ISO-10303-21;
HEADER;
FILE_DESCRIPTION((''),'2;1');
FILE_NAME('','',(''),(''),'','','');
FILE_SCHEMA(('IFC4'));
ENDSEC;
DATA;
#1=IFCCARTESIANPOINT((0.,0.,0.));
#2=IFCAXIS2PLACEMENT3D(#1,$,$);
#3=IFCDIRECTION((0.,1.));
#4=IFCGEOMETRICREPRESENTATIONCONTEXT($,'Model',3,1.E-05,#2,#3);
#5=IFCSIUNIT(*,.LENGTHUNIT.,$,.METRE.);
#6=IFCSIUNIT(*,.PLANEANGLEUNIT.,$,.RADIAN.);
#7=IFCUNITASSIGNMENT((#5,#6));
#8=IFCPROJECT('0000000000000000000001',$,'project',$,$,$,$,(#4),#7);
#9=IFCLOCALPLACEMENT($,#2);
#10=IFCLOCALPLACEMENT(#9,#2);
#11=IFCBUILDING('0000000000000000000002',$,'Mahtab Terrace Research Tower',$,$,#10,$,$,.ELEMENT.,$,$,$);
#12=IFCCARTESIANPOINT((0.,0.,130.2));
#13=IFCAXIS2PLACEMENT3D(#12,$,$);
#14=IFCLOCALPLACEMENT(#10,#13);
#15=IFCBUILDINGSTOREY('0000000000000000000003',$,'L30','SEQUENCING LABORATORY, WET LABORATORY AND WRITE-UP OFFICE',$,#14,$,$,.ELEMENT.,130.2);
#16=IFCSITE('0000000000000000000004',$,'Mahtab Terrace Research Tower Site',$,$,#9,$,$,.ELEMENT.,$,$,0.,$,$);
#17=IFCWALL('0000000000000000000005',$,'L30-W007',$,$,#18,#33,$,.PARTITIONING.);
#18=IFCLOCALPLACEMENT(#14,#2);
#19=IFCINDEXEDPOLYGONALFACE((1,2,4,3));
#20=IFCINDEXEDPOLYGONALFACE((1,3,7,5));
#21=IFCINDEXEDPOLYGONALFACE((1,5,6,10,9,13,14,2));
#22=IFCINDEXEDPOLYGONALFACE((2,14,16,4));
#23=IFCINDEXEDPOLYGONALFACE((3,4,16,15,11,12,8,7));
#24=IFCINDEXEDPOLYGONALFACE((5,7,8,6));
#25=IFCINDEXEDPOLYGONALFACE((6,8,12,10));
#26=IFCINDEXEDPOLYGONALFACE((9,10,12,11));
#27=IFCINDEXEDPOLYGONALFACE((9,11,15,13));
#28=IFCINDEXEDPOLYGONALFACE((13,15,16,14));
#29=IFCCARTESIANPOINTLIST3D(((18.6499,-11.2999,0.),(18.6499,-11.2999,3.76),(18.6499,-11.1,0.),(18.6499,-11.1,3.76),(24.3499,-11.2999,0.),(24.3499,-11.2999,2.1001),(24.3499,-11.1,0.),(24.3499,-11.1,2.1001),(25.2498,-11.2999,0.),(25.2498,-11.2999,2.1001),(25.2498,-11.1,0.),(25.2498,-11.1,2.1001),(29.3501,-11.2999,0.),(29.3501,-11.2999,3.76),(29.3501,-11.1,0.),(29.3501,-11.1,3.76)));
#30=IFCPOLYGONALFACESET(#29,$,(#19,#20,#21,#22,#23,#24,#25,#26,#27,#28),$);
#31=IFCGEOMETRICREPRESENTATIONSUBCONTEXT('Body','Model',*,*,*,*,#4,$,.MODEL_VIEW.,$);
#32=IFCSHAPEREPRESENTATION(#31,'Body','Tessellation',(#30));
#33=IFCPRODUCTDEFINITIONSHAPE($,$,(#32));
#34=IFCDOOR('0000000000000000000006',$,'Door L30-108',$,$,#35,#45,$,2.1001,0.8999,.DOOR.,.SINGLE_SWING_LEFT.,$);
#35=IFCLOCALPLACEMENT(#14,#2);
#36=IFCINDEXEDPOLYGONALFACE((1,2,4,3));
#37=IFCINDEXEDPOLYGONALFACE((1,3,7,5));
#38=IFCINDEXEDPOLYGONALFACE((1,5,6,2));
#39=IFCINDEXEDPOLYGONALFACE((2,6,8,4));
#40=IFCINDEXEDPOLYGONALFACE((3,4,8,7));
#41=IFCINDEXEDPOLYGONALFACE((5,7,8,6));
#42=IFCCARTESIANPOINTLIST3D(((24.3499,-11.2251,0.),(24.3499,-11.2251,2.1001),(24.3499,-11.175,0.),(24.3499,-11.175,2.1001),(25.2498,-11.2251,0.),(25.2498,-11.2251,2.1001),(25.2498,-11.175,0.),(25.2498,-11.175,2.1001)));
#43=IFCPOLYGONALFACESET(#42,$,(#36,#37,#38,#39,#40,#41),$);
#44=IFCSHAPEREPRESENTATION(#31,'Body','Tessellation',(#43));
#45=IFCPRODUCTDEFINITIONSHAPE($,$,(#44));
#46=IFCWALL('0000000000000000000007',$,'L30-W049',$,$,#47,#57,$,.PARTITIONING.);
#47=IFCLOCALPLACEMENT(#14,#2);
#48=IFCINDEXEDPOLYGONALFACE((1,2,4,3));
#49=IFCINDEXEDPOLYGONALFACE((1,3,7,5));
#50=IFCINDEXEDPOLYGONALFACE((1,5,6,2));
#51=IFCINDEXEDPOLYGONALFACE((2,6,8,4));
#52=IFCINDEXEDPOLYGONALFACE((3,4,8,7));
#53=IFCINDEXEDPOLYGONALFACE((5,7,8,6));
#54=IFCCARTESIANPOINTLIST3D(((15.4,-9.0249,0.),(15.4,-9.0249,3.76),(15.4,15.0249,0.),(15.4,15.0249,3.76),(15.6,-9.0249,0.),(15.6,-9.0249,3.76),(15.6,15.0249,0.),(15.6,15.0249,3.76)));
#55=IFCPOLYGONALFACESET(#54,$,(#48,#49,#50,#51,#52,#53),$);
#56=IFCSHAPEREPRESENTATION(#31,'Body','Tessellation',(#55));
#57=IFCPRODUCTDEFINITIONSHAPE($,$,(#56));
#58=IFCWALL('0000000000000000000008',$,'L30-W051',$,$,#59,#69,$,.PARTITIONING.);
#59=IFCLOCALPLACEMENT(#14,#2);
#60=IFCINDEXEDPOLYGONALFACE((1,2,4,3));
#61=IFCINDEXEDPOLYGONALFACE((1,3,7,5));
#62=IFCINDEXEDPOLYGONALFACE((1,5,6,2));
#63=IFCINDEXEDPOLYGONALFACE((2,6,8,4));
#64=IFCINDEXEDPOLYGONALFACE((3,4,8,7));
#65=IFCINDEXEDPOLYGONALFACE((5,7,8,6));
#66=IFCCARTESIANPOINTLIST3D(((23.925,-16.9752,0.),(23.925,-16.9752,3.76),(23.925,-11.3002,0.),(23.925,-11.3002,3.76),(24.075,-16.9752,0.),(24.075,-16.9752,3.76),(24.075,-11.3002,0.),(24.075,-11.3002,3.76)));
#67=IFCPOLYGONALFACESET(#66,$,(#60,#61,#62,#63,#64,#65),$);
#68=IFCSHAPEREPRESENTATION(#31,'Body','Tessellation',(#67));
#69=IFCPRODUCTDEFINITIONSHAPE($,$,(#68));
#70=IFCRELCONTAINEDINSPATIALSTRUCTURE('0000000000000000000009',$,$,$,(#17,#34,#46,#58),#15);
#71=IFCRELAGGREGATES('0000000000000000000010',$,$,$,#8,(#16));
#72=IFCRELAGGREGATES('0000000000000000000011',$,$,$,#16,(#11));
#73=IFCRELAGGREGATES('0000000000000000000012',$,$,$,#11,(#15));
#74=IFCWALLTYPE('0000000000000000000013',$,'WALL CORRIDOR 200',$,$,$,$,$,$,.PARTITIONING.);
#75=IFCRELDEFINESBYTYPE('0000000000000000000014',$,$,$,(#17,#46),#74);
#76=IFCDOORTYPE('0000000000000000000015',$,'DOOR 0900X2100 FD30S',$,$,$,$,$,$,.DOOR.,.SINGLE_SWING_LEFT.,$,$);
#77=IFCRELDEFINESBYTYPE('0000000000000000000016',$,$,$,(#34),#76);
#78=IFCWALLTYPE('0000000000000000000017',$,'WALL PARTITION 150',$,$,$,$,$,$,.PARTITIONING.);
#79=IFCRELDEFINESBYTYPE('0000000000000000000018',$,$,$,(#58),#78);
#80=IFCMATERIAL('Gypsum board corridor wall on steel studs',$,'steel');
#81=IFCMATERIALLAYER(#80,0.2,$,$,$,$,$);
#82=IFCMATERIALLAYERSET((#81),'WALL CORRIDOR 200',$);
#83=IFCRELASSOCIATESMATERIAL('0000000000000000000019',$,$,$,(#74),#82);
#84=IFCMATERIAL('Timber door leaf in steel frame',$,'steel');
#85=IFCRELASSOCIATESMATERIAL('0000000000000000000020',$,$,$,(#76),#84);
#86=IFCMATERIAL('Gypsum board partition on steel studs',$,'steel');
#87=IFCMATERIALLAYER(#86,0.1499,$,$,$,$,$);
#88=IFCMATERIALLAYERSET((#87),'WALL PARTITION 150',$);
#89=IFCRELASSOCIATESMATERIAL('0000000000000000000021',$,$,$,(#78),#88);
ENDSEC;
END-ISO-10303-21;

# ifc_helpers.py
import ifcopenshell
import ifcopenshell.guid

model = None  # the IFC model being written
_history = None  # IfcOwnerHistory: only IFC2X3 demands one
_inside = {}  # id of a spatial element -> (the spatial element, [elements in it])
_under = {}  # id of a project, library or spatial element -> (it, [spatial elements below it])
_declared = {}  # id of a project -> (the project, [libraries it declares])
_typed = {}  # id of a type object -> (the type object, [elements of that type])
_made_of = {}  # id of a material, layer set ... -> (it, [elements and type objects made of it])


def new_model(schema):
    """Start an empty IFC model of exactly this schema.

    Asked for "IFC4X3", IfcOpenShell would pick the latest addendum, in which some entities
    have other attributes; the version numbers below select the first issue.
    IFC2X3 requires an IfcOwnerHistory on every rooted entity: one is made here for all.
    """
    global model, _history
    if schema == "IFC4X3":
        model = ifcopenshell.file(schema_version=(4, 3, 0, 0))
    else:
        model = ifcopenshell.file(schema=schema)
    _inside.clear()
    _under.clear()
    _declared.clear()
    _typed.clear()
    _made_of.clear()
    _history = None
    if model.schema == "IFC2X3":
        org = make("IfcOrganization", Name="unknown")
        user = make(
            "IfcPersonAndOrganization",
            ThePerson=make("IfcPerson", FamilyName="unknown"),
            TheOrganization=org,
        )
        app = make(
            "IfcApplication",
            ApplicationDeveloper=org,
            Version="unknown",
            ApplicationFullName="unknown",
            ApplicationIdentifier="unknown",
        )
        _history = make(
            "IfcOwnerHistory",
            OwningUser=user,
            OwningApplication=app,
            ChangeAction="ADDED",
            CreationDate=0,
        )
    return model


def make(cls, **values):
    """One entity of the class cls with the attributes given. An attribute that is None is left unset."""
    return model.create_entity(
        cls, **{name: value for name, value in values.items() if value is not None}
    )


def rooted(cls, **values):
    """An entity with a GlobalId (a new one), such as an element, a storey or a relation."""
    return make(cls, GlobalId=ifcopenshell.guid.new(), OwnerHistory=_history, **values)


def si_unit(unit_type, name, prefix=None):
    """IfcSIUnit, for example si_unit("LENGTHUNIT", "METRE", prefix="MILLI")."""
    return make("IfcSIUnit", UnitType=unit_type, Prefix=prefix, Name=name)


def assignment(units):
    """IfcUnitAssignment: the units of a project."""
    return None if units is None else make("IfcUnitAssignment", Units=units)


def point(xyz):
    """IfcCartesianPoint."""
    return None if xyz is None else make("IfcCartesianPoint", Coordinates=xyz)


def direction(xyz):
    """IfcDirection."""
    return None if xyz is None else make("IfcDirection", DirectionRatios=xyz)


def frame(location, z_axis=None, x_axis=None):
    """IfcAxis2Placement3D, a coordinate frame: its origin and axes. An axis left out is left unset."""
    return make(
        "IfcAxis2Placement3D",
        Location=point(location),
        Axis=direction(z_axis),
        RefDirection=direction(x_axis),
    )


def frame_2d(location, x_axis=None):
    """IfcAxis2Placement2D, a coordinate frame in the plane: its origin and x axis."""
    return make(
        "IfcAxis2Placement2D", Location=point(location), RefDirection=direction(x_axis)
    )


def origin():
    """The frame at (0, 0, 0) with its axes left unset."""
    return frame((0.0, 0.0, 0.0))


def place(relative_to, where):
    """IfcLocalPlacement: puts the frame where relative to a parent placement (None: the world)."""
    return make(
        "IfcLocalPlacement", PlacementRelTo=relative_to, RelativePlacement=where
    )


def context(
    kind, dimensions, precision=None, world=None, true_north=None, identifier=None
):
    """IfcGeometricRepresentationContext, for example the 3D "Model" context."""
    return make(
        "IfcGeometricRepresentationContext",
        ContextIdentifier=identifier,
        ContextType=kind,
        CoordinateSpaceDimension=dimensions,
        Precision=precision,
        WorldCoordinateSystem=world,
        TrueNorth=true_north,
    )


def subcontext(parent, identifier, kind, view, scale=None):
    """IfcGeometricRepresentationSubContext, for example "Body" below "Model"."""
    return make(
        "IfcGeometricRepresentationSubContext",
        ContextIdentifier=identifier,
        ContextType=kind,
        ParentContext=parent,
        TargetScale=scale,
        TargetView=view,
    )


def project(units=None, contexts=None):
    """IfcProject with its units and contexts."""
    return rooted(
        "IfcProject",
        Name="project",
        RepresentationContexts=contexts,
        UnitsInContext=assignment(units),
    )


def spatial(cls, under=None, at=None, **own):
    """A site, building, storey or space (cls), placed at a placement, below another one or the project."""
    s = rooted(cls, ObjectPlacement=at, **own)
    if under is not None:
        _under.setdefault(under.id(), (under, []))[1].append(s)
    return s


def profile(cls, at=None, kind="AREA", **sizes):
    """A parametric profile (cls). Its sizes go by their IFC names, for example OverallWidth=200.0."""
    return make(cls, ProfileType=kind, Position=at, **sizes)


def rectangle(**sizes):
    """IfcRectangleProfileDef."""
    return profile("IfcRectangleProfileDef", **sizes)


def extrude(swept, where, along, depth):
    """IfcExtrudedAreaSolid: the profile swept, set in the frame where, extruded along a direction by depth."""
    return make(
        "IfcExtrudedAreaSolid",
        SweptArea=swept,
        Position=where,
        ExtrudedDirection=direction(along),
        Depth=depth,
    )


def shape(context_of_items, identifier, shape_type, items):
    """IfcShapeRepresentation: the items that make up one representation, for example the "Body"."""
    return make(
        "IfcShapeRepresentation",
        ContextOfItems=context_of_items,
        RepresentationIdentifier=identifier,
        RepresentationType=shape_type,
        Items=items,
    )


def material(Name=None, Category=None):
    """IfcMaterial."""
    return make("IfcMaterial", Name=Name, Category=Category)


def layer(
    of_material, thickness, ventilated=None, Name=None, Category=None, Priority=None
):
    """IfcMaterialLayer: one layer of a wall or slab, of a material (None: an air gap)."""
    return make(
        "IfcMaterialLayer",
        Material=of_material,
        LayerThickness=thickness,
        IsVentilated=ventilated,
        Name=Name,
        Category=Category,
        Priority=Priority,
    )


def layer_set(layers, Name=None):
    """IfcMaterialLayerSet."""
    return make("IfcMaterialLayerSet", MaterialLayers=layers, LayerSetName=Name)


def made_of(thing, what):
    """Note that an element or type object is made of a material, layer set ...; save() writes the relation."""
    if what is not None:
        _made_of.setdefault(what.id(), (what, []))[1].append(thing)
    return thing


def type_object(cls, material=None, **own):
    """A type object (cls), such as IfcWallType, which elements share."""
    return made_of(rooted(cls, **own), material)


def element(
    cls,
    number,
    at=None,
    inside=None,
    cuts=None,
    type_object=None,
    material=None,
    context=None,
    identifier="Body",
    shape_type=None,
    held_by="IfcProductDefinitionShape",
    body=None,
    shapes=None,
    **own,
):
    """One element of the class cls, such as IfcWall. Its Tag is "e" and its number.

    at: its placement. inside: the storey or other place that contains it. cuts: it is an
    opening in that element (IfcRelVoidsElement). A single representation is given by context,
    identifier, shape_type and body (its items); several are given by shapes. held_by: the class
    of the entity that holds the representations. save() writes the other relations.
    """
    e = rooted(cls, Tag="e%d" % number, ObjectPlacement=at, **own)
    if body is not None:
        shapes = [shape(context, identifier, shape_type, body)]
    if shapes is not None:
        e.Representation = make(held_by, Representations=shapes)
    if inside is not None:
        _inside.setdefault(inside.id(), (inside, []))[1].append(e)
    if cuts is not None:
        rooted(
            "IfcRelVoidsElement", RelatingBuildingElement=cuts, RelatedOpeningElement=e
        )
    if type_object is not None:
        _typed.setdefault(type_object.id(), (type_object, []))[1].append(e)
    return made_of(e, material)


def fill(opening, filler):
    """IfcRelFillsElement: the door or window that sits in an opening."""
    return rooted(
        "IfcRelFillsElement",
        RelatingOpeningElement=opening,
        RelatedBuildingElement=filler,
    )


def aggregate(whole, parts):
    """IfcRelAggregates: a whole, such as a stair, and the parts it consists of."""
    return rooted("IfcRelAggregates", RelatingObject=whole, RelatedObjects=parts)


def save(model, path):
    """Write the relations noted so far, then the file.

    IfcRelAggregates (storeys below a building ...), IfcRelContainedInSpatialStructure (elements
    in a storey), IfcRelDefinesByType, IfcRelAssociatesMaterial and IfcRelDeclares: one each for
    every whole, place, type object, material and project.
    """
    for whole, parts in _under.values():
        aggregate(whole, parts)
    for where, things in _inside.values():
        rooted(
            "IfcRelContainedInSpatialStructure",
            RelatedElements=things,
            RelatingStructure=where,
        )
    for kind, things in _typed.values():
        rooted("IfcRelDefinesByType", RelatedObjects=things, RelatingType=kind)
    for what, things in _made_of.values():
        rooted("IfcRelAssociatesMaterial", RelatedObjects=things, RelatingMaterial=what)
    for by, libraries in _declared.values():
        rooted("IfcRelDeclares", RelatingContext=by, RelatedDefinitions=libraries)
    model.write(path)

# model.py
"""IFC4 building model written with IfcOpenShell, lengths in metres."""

from ifc_helpers import new_model, si_unit, direction, frame, frame_2d, origin, place, context, subcontext, project, spatial, rectangle, extrude, material, layer, layer_set, type_object, element, fill, save


model = new_model("IFC4")

# Units and contexts
model_context = context("Model", 3, precision=1e-05, world=origin(), true_north=direction((0.0, 1.0)))
body_context = subcontext(model_context, "Body", "Model", "MODEL_VIEW")
ifc_project = project(units=[si_unit("LENGTHUNIT", "METRE"), si_unit("PLANEANGLEUNIT", "RADIAN")], contexts=[model_context])

# Site, building, storey
site_placement = place(None, origin())
site = spatial("IfcSite", under=ifc_project, at=site_placement, Name="Mahtab Terrace Research Tower Site", CompositionType="ELEMENT", RefElevation=0.0)
building_placement = place(site_placement, origin())
building = spatial("IfcBuilding", under=site, at=building_placement, Name="Mahtab Terrace Research Tower", CompositionType="ELEMENT")
storey_placement = place(building_placement, frame((0.0, 0.0, 130.2)))
storey = spatial("IfcBuildingStorey", under=building, at=storey_placement, Name="L30", Description="SEQUENCING LABORATORY, WET LABORATORY AND WRITE-UP OFFICE", CompositionType="ELEMENT", Elevation=130.2)

# Wall, opening, door
ifc_material_1 = material(Name="Gypsum board corridor wall on steel studs", Category="steel")
ifc_layer_1 = layer(ifc_material_1, 0.2)
ifc_layer_set_1 = layer_set([ifc_layer_1], Name="WALL CORRIDOR 200")
wall_type_1 = type_object("IfcWallType", Name="WALL CORRIDOR 200", PredefinedType="PARTITIONING", material=ifc_layer_set_1)
wall_1_placement = place(storey_placement, frame((18.6499, -11.2, 0.0), z_axis=(0.0, 0.0, 1.0), x_axis=(1.0, 0.0, 0.0)))
wall_1 = element("IfcWall", 1, at=wall_1_placement, inside=storey, type_object=wall_type_1, Name="L30-W007", PredefinedType="PARTITIONING", context=body_context, shape_type="SweptSolid", body=[
    extrude(rectangle(XDim=10.7002, YDim=0.2, at=frame_2d((5.3501, 0.0))), origin(), (0.0, 0.0, 1.0), 3.76),
])
opening_1_placement = place(wall_1_placement, frame((5.7, 0.0, 0.0)))
opening_1 = element("IfcOpeningElement", 2, at=opening_1_placement, cuts=wall_1, PredefinedType="OPENING", context=body_context, shape_type="SweptSolid", body=[
    extrude(rectangle(XDim=0.8999, YDim=2.1001, at=frame_2d((0.45, 1.05))), frame((0.0, 0.1099, 0.0), z_axis=(0.0, -1.0, 0.0), x_axis=(1.0, 0.0, 0.0)), (0.0, 0.0, 1.0), 0.22),
])
ifc_material_2 = material(Name="Timber door leaf in steel frame", Category="steel")
door_type_1 = type_object("IfcDoorType", Name="DOOR 0900X2100 FD30S", OperationType="SINGLE_SWING_LEFT", PredefinedType="DOOR", material=ifc_material_2)
door_1_placement = place(opening_1_placement, origin())
door_1 = element("IfcDoor", 3, at=door_1_placement, inside=storey, type_object=door_type_1, Name="Door L30-108", OperationType="SINGLE_SWING_LEFT", OverallHeight=2.1001, OverallWidth=0.8999, PredefinedType="DOOR", context=body_context, shape_type="SweptSolid", body=[
    extrude(rectangle(XDim=0.8999, YDim=2.1001, at=frame_2d((0.45, 1.05))), frame((0.0, 0.0249, 0.0), z_axis=(0.0, -1.0, 0.0), x_axis=(1.0, 0.0, 0.0)), (0.0, 0.0, 1.0), 0.05),
])
fill(opening_1, door_1)

# Walls
wall_2_placement = place(storey_placement, frame((15.5, -9.0249, 0.0), z_axis=(0.0, 0.0, 1.0), x_axis=(0.0, 1.0, 0.0)))
element("IfcWall", 4, at=wall_2_placement, inside=storey, type_object=wall_type_1, Name="L30-W049", PredefinedType="PARTITIONING", context=body_context, shape_type="SweptSolid", body=[
    extrude(rectangle(XDim=24.0498, YDim=0.2, at=frame_2d((12.0249, 0.0))), origin(), (0.0, 0.0, 1.0), 3.76),
])
ifc_material_3 = material(Name="Gypsum board partition on steel studs", Category="steel")
ifc_layer_2 = layer(ifc_material_3, 0.1499)
ifc_layer_set_2 = layer_set([ifc_layer_2], Name="WALL PARTITION 150")
wall_type_2 = type_object("IfcWallType", Name="WALL PARTITION 150", PredefinedType="PARTITIONING", material=ifc_layer_set_2)
wall_3_placement = place(storey_placement, frame((24.0, -16.9751, 0.0), z_axis=(0.0, 0.0, 1.0), x_axis=(0.0, 1.0, 0.0)))
element("IfcWall", 5, at=wall_3_placement, inside=storey, type_object=wall_type_2, Name="L30-W051", PredefinedType="PARTITIONING", context=body_context, shape_type="SweptSolid", body=[
    extrude(rectangle(XDim=5.675, YDim=0.1499, at=frame_2d((2.8374, 0.0))), origin(), (0.0, 0.0, 1.0), 3.76),
])

save(model, "model.ifc")
